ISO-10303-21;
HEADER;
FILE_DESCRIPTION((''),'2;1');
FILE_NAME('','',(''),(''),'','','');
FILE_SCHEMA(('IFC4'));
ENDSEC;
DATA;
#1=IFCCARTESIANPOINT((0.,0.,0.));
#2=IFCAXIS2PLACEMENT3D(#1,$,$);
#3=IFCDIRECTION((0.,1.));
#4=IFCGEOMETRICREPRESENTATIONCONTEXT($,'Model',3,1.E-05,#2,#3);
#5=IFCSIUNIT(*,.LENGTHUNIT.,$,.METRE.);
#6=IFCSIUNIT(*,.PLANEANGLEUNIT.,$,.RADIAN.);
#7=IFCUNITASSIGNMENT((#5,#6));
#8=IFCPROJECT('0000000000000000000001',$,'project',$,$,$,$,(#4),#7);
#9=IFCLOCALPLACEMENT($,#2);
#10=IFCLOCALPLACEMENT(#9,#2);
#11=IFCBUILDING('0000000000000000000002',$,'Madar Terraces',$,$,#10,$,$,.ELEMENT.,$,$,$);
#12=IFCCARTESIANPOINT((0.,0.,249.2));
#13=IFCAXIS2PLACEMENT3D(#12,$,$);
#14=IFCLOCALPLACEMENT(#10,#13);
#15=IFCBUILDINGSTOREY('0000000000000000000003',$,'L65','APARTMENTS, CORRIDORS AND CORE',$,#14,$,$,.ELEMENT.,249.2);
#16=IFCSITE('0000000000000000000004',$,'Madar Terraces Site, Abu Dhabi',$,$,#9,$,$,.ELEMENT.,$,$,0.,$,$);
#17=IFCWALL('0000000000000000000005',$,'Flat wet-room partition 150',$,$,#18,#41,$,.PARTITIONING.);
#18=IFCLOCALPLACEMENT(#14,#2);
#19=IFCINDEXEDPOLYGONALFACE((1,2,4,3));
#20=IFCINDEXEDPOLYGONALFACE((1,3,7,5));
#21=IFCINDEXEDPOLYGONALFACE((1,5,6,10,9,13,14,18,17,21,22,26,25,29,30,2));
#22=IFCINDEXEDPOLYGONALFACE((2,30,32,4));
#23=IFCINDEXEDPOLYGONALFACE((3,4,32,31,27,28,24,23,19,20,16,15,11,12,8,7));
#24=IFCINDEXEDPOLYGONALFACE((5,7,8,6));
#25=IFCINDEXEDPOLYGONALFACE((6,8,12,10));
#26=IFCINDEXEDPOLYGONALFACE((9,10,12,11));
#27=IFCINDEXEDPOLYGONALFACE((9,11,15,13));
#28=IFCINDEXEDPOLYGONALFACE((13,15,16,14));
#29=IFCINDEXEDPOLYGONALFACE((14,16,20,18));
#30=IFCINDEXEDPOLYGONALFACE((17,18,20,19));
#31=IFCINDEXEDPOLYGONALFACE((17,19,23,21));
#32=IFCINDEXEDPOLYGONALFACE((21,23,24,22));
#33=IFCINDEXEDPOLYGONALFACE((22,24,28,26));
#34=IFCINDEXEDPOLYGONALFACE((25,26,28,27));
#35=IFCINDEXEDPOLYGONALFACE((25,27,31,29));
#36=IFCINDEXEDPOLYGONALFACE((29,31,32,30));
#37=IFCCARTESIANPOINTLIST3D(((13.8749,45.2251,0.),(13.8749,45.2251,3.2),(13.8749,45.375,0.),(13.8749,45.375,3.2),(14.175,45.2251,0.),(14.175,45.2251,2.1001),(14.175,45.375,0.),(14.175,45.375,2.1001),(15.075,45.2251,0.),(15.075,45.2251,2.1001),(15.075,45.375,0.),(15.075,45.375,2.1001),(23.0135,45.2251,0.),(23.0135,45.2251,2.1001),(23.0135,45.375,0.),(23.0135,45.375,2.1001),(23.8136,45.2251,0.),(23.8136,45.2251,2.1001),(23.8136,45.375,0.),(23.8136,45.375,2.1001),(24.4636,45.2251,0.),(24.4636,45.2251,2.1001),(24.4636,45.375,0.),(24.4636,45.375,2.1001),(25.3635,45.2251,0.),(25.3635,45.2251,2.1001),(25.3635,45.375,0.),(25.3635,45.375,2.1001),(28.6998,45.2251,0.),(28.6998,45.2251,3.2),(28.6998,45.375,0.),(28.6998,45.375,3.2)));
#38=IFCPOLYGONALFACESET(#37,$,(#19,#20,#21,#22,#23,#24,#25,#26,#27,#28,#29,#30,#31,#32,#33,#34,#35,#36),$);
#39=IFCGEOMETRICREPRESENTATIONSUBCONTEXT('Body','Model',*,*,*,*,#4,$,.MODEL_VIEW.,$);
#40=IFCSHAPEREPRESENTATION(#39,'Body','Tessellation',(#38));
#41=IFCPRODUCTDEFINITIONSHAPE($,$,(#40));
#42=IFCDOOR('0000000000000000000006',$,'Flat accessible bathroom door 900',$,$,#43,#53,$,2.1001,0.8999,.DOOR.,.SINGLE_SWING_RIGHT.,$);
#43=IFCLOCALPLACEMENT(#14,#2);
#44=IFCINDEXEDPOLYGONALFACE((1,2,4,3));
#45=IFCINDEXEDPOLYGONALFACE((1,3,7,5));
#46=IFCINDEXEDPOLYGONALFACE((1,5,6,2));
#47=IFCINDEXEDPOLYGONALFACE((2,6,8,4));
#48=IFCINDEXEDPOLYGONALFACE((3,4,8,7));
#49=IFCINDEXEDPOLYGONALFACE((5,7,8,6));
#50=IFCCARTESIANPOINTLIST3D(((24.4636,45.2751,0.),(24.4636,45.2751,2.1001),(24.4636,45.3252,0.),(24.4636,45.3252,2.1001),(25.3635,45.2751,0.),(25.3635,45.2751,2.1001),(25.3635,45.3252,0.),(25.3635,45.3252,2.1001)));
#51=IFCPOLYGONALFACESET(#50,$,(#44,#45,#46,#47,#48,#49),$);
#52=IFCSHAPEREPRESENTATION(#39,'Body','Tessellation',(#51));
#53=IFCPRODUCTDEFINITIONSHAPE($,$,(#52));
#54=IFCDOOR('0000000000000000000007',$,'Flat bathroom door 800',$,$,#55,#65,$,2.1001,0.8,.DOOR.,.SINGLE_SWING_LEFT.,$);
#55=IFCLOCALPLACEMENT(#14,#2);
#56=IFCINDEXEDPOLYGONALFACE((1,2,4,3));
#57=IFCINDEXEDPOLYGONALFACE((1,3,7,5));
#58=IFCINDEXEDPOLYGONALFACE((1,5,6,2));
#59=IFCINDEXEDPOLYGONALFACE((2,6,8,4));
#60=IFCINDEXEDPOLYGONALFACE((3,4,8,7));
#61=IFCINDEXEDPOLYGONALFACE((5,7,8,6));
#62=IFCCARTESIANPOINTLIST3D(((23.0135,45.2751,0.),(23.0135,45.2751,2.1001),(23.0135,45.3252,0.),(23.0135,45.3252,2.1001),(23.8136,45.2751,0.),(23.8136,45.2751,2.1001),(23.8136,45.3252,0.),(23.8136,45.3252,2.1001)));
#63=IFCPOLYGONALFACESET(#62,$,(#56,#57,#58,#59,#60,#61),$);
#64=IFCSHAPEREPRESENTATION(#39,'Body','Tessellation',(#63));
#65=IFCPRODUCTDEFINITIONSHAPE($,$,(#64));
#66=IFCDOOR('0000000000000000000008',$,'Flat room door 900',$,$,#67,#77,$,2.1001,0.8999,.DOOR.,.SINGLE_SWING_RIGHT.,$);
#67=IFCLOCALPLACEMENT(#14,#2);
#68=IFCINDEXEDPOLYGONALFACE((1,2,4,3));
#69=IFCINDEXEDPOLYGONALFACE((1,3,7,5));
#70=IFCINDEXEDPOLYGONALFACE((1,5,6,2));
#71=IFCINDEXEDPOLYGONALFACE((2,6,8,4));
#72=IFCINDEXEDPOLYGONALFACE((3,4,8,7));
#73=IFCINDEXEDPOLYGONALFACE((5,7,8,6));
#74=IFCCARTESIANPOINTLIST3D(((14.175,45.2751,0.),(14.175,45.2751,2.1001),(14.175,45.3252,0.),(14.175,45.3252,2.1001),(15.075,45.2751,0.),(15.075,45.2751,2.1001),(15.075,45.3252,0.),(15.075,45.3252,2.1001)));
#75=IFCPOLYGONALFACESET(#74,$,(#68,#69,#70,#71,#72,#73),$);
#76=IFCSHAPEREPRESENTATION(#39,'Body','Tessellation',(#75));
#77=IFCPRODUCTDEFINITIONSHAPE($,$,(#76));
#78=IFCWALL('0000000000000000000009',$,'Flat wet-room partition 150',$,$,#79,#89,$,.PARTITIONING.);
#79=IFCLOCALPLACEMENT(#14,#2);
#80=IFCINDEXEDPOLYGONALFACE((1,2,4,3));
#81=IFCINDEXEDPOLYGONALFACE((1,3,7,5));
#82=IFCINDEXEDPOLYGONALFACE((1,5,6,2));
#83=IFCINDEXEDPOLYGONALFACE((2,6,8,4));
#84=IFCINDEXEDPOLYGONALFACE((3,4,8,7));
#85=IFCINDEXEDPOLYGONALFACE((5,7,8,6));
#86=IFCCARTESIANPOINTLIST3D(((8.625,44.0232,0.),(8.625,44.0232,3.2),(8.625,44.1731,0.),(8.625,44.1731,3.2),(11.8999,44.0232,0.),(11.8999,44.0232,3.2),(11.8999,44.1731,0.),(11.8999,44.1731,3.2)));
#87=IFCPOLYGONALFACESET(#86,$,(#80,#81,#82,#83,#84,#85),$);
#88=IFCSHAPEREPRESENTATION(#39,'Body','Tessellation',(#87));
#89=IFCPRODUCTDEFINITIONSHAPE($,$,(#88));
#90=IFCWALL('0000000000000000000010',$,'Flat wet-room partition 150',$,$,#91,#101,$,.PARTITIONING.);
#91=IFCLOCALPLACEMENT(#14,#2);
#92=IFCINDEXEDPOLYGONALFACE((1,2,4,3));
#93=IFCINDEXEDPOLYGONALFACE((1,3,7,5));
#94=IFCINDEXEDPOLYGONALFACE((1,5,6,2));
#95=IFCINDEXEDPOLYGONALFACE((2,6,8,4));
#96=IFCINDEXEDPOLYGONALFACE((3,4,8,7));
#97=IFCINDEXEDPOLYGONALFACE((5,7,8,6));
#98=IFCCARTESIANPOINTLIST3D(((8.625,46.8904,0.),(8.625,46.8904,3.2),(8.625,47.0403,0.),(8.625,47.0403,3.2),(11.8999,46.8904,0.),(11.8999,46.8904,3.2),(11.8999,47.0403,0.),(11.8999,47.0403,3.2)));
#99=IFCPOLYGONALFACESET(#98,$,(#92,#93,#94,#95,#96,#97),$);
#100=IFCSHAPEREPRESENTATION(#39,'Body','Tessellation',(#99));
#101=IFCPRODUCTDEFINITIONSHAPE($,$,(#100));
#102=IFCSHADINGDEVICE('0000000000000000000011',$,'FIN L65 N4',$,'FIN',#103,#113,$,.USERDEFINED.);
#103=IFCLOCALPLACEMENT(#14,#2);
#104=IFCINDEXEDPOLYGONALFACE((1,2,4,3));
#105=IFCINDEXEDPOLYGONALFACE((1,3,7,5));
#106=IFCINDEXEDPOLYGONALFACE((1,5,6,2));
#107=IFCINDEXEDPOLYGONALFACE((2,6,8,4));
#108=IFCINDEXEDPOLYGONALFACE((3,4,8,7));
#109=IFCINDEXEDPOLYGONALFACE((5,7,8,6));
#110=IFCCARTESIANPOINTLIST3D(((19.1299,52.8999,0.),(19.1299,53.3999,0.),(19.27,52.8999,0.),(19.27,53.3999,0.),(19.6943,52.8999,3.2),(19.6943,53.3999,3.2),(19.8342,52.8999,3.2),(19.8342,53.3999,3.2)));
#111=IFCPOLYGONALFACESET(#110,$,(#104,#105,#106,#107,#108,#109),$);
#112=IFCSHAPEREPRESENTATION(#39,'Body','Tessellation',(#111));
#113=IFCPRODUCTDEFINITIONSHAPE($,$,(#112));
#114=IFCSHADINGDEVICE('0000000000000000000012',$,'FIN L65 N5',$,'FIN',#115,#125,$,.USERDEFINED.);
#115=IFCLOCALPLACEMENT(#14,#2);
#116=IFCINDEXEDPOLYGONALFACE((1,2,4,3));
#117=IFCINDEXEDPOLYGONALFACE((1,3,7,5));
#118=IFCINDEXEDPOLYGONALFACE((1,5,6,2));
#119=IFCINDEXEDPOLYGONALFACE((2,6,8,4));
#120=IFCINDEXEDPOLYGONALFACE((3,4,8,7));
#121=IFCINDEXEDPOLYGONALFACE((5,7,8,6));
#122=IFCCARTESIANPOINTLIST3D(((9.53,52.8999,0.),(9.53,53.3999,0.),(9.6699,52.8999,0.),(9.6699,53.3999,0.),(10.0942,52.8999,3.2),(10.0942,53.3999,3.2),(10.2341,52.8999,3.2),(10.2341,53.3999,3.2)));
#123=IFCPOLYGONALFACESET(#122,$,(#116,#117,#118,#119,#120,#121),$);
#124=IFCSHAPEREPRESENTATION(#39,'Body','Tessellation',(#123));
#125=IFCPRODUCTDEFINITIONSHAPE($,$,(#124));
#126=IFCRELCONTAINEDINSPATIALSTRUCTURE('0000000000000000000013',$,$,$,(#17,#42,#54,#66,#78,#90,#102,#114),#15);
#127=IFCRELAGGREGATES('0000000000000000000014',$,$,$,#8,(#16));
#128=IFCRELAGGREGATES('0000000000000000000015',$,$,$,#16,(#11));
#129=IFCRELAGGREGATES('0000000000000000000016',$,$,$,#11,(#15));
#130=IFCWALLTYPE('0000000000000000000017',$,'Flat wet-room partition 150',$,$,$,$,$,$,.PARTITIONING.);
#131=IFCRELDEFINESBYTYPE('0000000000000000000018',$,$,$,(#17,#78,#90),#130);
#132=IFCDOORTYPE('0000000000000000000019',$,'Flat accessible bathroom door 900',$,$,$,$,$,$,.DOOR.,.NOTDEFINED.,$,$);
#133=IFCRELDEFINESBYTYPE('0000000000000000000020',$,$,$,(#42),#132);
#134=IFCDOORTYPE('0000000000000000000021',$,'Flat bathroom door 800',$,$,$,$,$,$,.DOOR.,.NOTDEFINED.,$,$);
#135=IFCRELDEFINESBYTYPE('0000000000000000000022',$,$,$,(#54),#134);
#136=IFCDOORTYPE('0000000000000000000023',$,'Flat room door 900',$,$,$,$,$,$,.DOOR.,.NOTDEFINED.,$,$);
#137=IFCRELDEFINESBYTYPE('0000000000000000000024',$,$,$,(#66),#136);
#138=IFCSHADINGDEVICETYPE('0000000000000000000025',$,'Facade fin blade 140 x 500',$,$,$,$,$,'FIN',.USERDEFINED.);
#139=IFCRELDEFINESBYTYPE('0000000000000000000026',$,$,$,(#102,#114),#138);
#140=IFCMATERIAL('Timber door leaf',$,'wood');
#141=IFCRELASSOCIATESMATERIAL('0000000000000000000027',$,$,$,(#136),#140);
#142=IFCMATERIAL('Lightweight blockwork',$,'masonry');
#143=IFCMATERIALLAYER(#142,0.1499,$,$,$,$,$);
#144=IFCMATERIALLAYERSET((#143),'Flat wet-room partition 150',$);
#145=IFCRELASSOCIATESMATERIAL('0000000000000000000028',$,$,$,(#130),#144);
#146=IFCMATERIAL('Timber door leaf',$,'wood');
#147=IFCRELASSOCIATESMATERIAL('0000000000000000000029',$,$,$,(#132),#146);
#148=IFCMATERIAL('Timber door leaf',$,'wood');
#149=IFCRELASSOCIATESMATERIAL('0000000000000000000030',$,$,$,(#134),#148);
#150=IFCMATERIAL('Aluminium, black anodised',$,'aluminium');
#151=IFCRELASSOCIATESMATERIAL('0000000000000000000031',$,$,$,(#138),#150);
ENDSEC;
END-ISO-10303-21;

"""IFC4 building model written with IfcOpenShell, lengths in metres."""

from ifc_helpers import new_model, si_unit, direction, frame, frame_2d, origin, place, context, subcontext, project, spatial, polyline, rectangle, outline, extrude, material, layer, layer_set, type_object, element, fill, save


model = new_model("IFC4")

# Units and contexts
model_context = context("Model", 3, precision=1e-05, world=origin(), true_north=direction((0.0, 1.0)))
body_context = subcontext(model_context, "Body", "Model", "MODEL_VIEW")
ifc_project = project(units=[si_unit("LENGTHUNIT", "METRE"), si_unit("PLANEANGLEUNIT", "RADIAN")], contexts=[model_context])

# Site, building, storey
site_placement = place(None, origin())
site = spatial("IfcSite", under=ifc_project, at=site_placement, Name="Madar Terraces Site, Abu Dhabi", CompositionType="ELEMENT", RefElevation=0.0)
building_placement = place(site_placement, origin())
building = spatial("IfcBuilding", under=site, at=building_placement, Name="Madar Terraces", CompositionType="ELEMENT")
storey_placement = place(building_placement, frame((0.0, 0.0, 249.2)))
storey = spatial("IfcBuildingStorey", under=building, at=storey_placement, Name="L65", Description="APARTMENTS, CORRIDORS AND CORE", CompositionType="ELEMENT", Elevation=249.2)

# Shared definitions
ifc_material_1 = material(Name="Timber door leaf", Category="wood")
door_type_1 = type_object("IfcDoorType", Name="Flat room door 900", OperationType="NOTDEFINED", PredefinedType="DOOR", material=ifc_material_1)

# Wall, openings, doors
ifc_material_2 = material(Name="Lightweight blockwork", Category="masonry")
ifc_layer_1 = layer(ifc_material_2, 0.1499)
ifc_layer_set_1 = layer_set([ifc_layer_1], Name="Flat wet-room partition 150")
wall_type_1 = type_object("IfcWallType", Name="Flat wet-room partition 150", PredefinedType="PARTITIONING", material=ifc_layer_set_1)
wall_1_placement = place(storey_placement, frame((28.7, 45.3, 0.0), z_axis=(0.0, 0.0, 1.0), x_axis=(-1.0, 0.0, 0.0)))
wall_1 = element("IfcWall", 1, at=wall_1_placement, inside=storey, type_object=wall_type_1, Name="Flat wet-room partition 150", PredefinedType="PARTITIONING", context=body_context, shape_type="SweptSolid", body=[
    extrude(rectangle(XDim=14.825, YDim=0.1499, at=frame_2d((7.4126, 0.0))), origin(), (0.0, 0.0, 1.0), 3.2),
])
opening_1_placement = place(wall_1_placement, frame((13.625, 0.0, 0.0)))
opening_1 = element("IfcOpeningElement", 2, at=opening_1_placement, cuts=wall_1, PredefinedType="OPENING", context=body_context, shape_type="SweptSolid", body=[
    extrude(rectangle(XDim=0.8999, YDim=2.1001, at=frame_2d((0.45, 1.05))), frame((0.0, 0.085, 0.0), z_axis=(0.0, -1.0, 0.0), x_axis=(1.0, 0.0, 0.0)), (0.0, 0.0, 1.0), 0.1699),
])
opening_2_placement = place(wall_1_placement, frame((4.8865, 0.0, 0.0)))
opening_2 = element("IfcOpeningElement", 3, at=opening_2_placement, cuts=wall_1, PredefinedType="OPENING", context=body_context, shape_type="SweptSolid", body=[
    extrude(rectangle(XDim=0.8, YDim=2.1001, at=frame_2d((0.3999, 1.05))), frame((0.0, 0.085, 0.0), z_axis=(0.0, -1.0, 0.0), x_axis=(1.0, 0.0, 0.0)), (0.0, 0.0, 1.0), 0.1699),
])
opening_3_placement = place(wall_1_placement, frame((3.3364, 0.0, 0.0)))
opening_3 = element("IfcOpeningElement", 4, at=opening_3_placement, cuts=wall_1, PredefinedType="OPENING", context=body_context, shape_type="SweptSolid", body=[
    extrude(rectangle(XDim=0.8999, YDim=2.1001, at=frame_2d((0.45, 1.05))), frame((0.0, 0.085, 0.0), z_axis=(0.0, -1.0, 0.0), x_axis=(1.0, 0.0, 0.0)), (0.0, 0.0, 1.0), 0.1699),
])
ifc_material_3 = material(Name="Timber door leaf", Category="wood")
door_type_2 = type_object("IfcDoorType", Name="Flat accessible bathroom door 900", OperationType="NOTDEFINED", PredefinedType="DOOR", material=ifc_material_3)
door_1_placement = place(opening_3_placement, origin())
door_1 = element("IfcDoor", 5, at=door_1_placement, inside=storey, type_object=door_type_2, Name="Flat accessible bathroom door 900", OperationType="SINGLE_SWING_RIGHT", OverallHeight=2.1001, OverallWidth=0.8999, PredefinedType="DOOR", context=body_context, shape_type="SweptSolid", body=[
    extrude(rectangle(XDim=0.8999, YDim=2.1001, at=frame_2d((0.45, 1.05))), frame((0.0, 0.0249, 0.0), z_axis=(0.0, -1.0, 0.0), x_axis=(1.0, 0.0, 0.0)), (0.0, 0.0, 1.0), 0.05),
])
fill(opening_3, door_1)
ifc_material_4 = material(Name="Timber door leaf", Category="wood")
door_type_3 = type_object("IfcDoorType", Name="Flat bathroom door 800", OperationType="NOTDEFINED", PredefinedType="DOOR", material=ifc_material_4)
door_2_placement = place(opening_2_placement, origin())
door_2 = element("IfcDoor", 6, at=door_2_placement, inside=storey, type_object=door_type_3, Name="Flat bathroom door 800", OperationType="SINGLE_SWING_LEFT", OverallHeight=2.1001, OverallWidth=0.8, PredefinedType="DOOR", context=body_context, shape_type="SweptSolid", body=[
    extrude(rectangle(XDim=0.8, YDim=2.1001, at=frame_2d((0.3999, 1.05))), frame((0.0, 0.0249, 0.0), z_axis=(0.0, -1.0, 0.0), x_axis=(1.0, 0.0, 0.0)), (0.0, 0.0, 1.0), 0.05),
])
fill(opening_2, door_2)
door_3_placement = place(opening_1_placement, origin())
door_3 = element("IfcDoor", 7, at=door_3_placement, inside=storey, type_object=door_type_1, Name="Flat room door 900", OperationType="SINGLE_SWING_RIGHT", OverallHeight=2.1001, OverallWidth=0.8999, PredefinedType="DOOR", context=body_context, shape_type="SweptSolid", body=[
    extrude(rectangle(XDim=0.8999, YDim=2.1001, at=frame_2d((0.45, 1.05))), frame((0.0, 0.0249, 0.0), z_axis=(0.0, -1.0, 0.0), x_axis=(1.0, 0.0, 0.0)), (0.0, 0.0, 1.0), 0.05),
])
fill(opening_1, door_3)

# Walls
for number, where, z_axis, x_axis, name in (
    (8, (11.8999, 44.0981, 0.0), (0.0, 0.0, 1.0), (-1.0, 0.0, 0.0), "Flat wet-room partition 150"),
    (9, (11.8999, 46.9653, 0.0), (0.0, 0.0, 1.0), (-1.0, 0.0, 0.0), "Flat wet-room partition 150"),
):
    element("IfcWall", number, at=place(storey_placement, frame(where, z_axis=z_axis, x_axis=x_axis)), inside=storey, type_object=wall_type_1, Name=name, PredefinedType="PARTITIONING", context=body_context, shape_type="SweptSolid", body=[
        extrude(rectangle(XDim=3.2749, YDim=0.1499, at=frame_2d((1.6375, 0.0))), origin(), (0.0, 0.0, 1.0), 3.2),
    ])

# Shading devices
ifc_material_5 = material(Name="Aluminium, black anodised", Category="aluminium")
shading_device_type = type_object("IfcShadingDeviceType", Name="Facade fin blade 140 x 500", ElementType="FIN", PredefinedType="USERDEFINED", material=ifc_material_5)
shading_device_1_placement = place(storey_placement, frame((19.27, 53.1499, 0.0), z_axis=(0.0, 0.0, 1.0), x_axis=(-1.0, 0.0, 0.0)))
element("IfcShadingDevice", 10, at=shading_device_1_placement, inside=storey, type_object=shading_device_type, Name="FIN L65 N4", ObjectType="FIN", PredefinedType="USERDEFINED", context=body_context, shape_type="SweptSolid", body=[
    extrude(outline(polyline([(0.0, 0.0), (0.1401, 0.0), (-0.4243, 3.2), (-0.5642, 3.2), (0.0, 0.0)])), frame((0.0, 0.25, 0.0), z_axis=(0.0, -1.0, 0.0), x_axis=(1.0, 0.0, 0.0)), (0.0, 0.0, 1.0), 0.5),
])
shading_device_2_placement = place(storey_placement, frame((9.6699, 53.1499, 0.0), z_axis=(0.0, 0.0, 1.0), x_axis=(-1.0, 0.0, 0.0)))
element("IfcShadingDevice", 11, at=shading_device_2_placement, inside=storey, type_object=shading_device_type, Name="FIN L65 N5", ObjectType="FIN", PredefinedType="USERDEFINED", context=body_context, shape_type="SweptSolid", body=[
    extrude(outline(polyline([(0.0, 0.0), (0.1399, 0.0), (-0.4243, 3.2), (-0.5642, 3.2), (0.0, 0.0)])), frame((0.0, 0.25, 0.0), z_axis=(0.0, -1.0, 0.0), x_axis=(1.0, 0.0, 0.0)), (0.0, 0.0, 1.0), 0.5),
])

save(model, "model.ifc")
